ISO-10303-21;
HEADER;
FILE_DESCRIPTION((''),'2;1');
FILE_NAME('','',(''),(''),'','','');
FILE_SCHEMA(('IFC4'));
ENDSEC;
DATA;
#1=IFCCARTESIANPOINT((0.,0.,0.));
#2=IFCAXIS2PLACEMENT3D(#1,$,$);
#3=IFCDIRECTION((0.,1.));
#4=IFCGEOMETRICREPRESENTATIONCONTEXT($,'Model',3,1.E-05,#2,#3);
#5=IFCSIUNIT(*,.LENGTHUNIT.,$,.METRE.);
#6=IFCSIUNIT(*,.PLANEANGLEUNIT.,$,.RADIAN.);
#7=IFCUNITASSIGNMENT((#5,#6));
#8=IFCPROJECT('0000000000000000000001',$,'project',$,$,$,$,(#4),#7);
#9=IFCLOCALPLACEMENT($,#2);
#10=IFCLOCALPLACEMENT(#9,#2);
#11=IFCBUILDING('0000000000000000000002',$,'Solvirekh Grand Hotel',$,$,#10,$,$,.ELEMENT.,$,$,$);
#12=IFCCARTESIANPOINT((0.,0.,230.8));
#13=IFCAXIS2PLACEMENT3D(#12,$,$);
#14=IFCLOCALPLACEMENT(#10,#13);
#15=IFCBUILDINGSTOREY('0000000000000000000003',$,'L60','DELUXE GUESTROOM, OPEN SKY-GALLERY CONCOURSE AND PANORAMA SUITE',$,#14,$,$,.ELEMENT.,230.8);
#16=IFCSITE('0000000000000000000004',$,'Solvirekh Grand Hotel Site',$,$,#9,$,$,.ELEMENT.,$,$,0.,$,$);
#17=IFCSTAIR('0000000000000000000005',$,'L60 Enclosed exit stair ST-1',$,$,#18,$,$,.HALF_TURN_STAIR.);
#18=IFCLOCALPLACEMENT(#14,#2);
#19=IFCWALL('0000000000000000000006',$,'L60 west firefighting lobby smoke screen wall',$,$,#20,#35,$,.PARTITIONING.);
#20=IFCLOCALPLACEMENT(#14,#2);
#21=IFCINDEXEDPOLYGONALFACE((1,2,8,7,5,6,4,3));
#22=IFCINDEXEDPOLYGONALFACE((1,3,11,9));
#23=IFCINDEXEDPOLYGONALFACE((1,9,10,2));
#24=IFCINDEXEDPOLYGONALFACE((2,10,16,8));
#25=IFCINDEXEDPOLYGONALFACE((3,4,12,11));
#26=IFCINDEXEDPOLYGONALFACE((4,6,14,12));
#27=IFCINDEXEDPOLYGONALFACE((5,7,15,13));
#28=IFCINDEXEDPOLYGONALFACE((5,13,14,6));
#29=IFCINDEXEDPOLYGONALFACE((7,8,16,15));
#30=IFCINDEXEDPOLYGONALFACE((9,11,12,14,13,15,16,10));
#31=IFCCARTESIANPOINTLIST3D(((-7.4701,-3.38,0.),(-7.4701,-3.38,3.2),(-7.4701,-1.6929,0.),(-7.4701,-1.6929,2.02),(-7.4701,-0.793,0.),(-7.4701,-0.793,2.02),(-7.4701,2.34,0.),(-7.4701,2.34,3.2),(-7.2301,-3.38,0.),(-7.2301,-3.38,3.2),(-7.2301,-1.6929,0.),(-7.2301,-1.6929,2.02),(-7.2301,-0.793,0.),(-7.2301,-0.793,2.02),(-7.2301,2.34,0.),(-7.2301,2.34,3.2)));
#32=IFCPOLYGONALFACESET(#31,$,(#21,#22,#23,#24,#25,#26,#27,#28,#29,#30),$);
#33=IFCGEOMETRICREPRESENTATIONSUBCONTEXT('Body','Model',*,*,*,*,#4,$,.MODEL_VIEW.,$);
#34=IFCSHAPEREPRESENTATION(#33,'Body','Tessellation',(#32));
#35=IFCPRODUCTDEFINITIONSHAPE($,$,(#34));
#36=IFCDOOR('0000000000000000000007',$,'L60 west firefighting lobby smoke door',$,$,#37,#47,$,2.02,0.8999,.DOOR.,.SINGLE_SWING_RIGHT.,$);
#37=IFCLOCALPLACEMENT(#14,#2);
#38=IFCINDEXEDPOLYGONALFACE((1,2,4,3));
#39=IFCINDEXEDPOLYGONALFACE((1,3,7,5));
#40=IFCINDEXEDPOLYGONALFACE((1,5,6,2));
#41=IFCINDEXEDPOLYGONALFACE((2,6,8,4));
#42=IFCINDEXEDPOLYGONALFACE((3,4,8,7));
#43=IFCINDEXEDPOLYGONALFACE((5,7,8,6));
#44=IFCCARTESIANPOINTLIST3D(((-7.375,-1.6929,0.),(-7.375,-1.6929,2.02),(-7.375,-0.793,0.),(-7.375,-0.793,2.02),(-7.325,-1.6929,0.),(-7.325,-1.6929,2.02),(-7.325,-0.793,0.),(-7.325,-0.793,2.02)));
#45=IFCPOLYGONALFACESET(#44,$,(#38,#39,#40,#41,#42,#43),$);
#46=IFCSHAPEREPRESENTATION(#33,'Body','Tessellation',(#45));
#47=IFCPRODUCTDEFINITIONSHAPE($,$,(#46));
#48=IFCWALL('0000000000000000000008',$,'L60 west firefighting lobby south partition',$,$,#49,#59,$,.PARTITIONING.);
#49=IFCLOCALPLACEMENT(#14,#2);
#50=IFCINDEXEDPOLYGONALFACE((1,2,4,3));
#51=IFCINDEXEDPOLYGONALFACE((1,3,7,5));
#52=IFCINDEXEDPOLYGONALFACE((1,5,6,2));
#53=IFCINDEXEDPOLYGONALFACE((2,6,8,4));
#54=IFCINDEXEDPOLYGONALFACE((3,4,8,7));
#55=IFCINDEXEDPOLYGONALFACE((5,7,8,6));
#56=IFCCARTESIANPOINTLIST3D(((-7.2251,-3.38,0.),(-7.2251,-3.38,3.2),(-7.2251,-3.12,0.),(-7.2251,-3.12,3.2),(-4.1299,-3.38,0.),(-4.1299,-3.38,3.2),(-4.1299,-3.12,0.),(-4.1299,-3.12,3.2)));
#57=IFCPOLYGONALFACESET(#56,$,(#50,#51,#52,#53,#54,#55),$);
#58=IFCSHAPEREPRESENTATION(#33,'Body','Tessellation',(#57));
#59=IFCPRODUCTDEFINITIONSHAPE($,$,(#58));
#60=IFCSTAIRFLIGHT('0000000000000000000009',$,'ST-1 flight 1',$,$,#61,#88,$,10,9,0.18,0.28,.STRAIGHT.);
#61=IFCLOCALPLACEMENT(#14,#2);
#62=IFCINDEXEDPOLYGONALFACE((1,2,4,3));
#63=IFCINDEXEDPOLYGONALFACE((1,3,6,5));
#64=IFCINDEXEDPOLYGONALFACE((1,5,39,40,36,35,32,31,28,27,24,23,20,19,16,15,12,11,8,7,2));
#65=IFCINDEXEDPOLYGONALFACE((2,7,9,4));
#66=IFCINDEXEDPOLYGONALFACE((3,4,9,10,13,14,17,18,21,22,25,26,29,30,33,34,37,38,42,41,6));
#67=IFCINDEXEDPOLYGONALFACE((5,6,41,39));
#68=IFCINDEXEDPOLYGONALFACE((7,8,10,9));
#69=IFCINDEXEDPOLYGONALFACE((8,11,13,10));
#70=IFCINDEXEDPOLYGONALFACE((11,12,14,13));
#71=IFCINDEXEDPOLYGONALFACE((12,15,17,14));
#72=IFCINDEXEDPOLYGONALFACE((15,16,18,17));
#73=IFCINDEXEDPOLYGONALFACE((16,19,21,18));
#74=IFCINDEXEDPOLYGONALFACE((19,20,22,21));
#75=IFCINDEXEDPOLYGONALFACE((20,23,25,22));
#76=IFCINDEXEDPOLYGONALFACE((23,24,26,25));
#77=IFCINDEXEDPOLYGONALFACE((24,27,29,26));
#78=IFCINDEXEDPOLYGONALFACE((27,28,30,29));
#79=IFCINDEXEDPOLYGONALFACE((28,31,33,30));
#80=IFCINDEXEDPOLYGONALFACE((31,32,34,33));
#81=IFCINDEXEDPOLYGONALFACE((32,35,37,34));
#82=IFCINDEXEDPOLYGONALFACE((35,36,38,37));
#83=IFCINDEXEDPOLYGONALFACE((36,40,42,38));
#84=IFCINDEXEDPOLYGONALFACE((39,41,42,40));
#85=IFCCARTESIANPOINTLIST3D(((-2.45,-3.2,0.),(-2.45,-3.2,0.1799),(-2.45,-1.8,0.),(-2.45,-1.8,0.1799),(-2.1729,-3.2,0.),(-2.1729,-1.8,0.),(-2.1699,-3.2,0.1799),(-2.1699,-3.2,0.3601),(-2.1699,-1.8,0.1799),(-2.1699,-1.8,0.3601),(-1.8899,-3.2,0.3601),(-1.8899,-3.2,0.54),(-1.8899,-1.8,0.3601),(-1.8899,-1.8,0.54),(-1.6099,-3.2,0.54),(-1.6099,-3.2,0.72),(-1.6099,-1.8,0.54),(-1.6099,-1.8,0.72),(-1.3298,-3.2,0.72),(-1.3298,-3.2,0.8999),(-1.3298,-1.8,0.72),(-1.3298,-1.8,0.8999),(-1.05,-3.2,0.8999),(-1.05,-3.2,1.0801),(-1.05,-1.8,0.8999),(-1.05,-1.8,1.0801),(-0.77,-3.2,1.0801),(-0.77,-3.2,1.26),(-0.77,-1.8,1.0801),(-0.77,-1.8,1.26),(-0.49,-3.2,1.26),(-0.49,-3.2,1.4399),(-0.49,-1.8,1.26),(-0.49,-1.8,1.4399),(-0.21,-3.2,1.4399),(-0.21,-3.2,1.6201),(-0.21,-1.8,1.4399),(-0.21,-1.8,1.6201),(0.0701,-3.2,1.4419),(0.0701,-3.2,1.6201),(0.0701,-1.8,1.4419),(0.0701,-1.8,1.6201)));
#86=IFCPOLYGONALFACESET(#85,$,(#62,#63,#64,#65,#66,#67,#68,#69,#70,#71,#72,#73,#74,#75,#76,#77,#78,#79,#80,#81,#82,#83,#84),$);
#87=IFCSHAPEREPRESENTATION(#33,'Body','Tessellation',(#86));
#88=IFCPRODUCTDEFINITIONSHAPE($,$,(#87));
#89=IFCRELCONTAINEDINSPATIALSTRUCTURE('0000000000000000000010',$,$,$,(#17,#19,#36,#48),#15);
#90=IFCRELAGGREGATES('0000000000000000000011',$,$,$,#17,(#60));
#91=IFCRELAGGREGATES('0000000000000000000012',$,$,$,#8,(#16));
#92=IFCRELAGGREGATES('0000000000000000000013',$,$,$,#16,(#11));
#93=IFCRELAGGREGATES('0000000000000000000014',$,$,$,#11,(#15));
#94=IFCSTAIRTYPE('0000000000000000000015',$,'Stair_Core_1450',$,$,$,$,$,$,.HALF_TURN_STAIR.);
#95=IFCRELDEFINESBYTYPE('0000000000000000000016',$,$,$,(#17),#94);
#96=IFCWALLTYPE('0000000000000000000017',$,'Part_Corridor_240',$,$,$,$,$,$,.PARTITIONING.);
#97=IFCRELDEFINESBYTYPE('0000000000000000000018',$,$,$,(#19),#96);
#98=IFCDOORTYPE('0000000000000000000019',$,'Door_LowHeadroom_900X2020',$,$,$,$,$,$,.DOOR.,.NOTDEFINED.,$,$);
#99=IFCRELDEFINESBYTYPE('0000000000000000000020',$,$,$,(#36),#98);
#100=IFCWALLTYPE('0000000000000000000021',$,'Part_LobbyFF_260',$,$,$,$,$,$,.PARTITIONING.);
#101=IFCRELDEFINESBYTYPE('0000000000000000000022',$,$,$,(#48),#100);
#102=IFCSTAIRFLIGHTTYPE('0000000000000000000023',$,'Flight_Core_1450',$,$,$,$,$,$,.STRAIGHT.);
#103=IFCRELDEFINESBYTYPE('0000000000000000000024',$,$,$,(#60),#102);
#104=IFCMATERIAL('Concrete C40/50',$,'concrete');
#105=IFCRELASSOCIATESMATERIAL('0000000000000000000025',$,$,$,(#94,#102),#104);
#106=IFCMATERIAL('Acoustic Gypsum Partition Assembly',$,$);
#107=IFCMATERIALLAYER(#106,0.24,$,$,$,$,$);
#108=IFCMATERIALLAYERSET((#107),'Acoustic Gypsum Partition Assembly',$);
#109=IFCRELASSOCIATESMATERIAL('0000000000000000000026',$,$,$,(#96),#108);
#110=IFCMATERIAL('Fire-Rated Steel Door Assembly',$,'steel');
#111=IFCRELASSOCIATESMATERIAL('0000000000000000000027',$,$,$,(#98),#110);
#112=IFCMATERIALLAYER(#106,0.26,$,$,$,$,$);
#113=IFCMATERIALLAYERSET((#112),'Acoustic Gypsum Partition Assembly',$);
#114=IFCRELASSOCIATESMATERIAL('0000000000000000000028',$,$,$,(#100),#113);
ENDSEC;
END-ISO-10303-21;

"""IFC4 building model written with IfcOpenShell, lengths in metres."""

from ifc_helpers import new_model, si_unit, direction, frame, frame_2d, origin, place, context, subcontext, project, spatial, polyline, rectangle, outline, extrude, material, layer, layer_set, type_object, element, fill, aggregate, save


model = new_model("IFC4")

# Units and contexts
model_context = context("Model", 3, precision=1e-05, world=origin(), true_north=direction((0.0, 1.0)))
body_context = subcontext(model_context, "Body", "Model", "MODEL_VIEW")
ifc_project = project(units=[si_unit("LENGTHUNIT", "METRE"), si_unit("PLANEANGLEUNIT", "RADIAN")], contexts=[model_context])

# Site, building, storey
site_placement = place(None, origin())
site = spatial("IfcSite", under=ifc_project, at=site_placement, Name="Solvirekh Grand Hotel Site", CompositionType="ELEMENT", RefElevation=0.0)
building_placement = place(site_placement, origin())
building = spatial("IfcBuilding", under=site, at=building_placement, Name="Solvirekh Grand Hotel", CompositionType="ELEMENT")
storey_placement = place(building_placement, frame((0.0, 0.0, 230.8)))
storey = spatial("IfcBuildingStorey", under=building, at=storey_placement, Name="L60", Description="DELUXE GUESTROOM, OPEN SKY-GALLERY CONCOURSE AND PANORAMA SUITE", CompositionType="ELEMENT", Elevation=230.8)

# Stair
ifc_material_1 = material(Name="Concrete C40/50", Category="concrete")
stair_type = type_object("IfcStairType", Name="Stair_Core_1450", PredefinedType="HALF_TURN_STAIR", material=ifc_material_1)
stair_placement = place(storey_placement, origin())
stair = element("IfcStair", 1, at=stair_placement, inside=storey, type_object=stair_type, Name="L60 Enclosed exit stair ST-1", PredefinedType="HALF_TURN_STAIR")

# Shared definitions
ifc_material_2 = material(Name="Fire-Rated Steel Door Assembly", Category="steel")

# Shared definitions
ifc_material_3 = material(Name="Acoustic Gypsum Partition Assembly")

# Wall, opening, door
ifc_layer_1 = layer(ifc_material_3, 0.24)
ifc_layer_set_1 = layer_set([ifc_layer_1], Name="Acoustic Gypsum Partition Assembly")
wall_type_1 = type_object("IfcWallType", Name="Part_Corridor_240", PredefinedType="PARTITIONING", material=ifc_layer_set_1)
wall_1_placement = place(storey_placement, frame((-7.3501, -3.3799, 0.0), z_axis=(0.0, 0.0, 1.0), x_axis=(0.0, 1.0, 0.0)))
wall_1 = element("IfcWall", 2, at=wall_1_placement, inside=storey, type_object=wall_type_1, Name="L60 west firefighting lobby smoke screen wall", PredefinedType="PARTITIONING", context=body_context, shape_type="SweptSolid", body=[
    extrude(rectangle(XDim=5.72, YDim=0.24, at=frame_2d((2.8599, 0.0))), origin(), (0.0, 0.0, 1.0), 3.2),
])
opening_1_placement = place(wall_1_placement, frame((1.687, 0.0, 0.0)))
opening_1 = element("IfcOpeningElement", 3, at=opening_1_placement, cuts=wall_1, PredefinedType="OPENING", context=body_context, shape_type="SweptSolid", body=[
    extrude(rectangle(XDim=0.8999, YDim=2.02, at=frame_2d((0.45, 1.01))), frame((0.0, 0.1299, 0.0), z_axis=(0.0, -1.0, 0.0), x_axis=(1.0, 0.0, 0.0)), (0.0, 0.0, 1.0), 0.26),
])
door_type_1 = type_object("IfcDoorType", Name="Door_LowHeadroom_900X2020", OperationType="NOTDEFINED", PredefinedType="DOOR", material=ifc_material_2)
door_1_placement = place(opening_1_placement, origin())
door_1 = element("IfcDoor", 4, at=door_1_placement, inside=storey, type_object=door_type_1, Name="L60 west firefighting lobby smoke door", OperationType="SINGLE_SWING_RIGHT", OverallHeight=2.02, OverallWidth=0.8999, PredefinedType="DOOR", context=body_context, shape_type="SweptSolid", body=[
    extrude(rectangle(XDim=0.8999, YDim=2.02, at=frame_2d((0.45, 1.01))), frame((0.0, 0.0249, 0.0), z_axis=(0.0, -1.0, 0.0), x_axis=(1.0, 0.0, 0.0)), (0.0, 0.0, 1.0), 0.05),
])
fill(opening_1, door_1)

# Wall
ifc_layer_2 = layer(ifc_material_3, 0.26)
ifc_layer_set_2 = layer_set([ifc_layer_2], Name="Acoustic Gypsum Partition Assembly")
wall_type_2 = type_object("IfcWallType", Name="Part_LobbyFF_260", PredefinedType="PARTITIONING", material=ifc_layer_set_2)
wall_2_placement = place(storey_placement, frame((-7.2251, -3.25, 0.0), z_axis=(0.0, 0.0, 1.0), x_axis=(1.0, 0.0, 0.0)))
element("IfcWall", 5, at=wall_2_placement, inside=storey, type_object=wall_type_2, Name="L60 west firefighting lobby south partition", PredefinedType="PARTITIONING", context=body_context, shape_type="SweptSolid", body=[
    extrude(rectangle(XDim=3.0952, YDim=0.26, at=frame_2d((1.5476, 0.0))), origin(), (0.0, 0.0, 1.0), 3.2),
])

# Stair flight
stair_flight_type = type_object("IfcStairFlightType", Name="Flight_Core_1450", PredefinedType="STRAIGHT", material=ifc_material_1)
stair_flight_placement = place(storey_placement, frame((-2.45, -2.5, 0.0), z_axis=(0.0, 0.0, 1.0), x_axis=(1.0, 0.0, 0.0)))
stair_flight = element("IfcStairFlight", 6, at=stair_flight_placement, type_object=stair_flight_type, Name="ST-1 flight 1", NumberOfRisers=10, NumberOfTreads=9, PredefinedType="STRAIGHT", RiserHeight=0.18, TreadLength=0.28, context=body_context, shape_type="SweptSolid", body=[
    extrude(outline(polyline([(0.0, 0.0), (0.0, 0.1799), (0.28, 0.1799), (0.28, 0.3601), (0.5601, 0.3601), (0.5601, 0.54), (0.8401, 0.54), (0.8401, 0.72), (1.1201, 0.72), (1.1201, 0.8999), (1.3999, 0.8999), (1.3999, 1.0801), (1.6799, 1.0801), (1.6799, 1.26), (1.96, 1.26), (1.96, 1.4399), (2.24, 1.4399), (2.24, 1.6201), (2.52, 1.6201), (2.52, 1.8), (2.52, 1.4419), (0.2771, 0.0), (0.0, 0.0)])), frame((0.0, 0.7, 0.0), z_axis=(0.0, -1.0, 0.0), x_axis=(1.0, 0.0, 0.0)), (0.0, 0.0, 1.0), 1.3999),
])
aggregate(stair, [stair_flight])

save(model, "model.ifc")
